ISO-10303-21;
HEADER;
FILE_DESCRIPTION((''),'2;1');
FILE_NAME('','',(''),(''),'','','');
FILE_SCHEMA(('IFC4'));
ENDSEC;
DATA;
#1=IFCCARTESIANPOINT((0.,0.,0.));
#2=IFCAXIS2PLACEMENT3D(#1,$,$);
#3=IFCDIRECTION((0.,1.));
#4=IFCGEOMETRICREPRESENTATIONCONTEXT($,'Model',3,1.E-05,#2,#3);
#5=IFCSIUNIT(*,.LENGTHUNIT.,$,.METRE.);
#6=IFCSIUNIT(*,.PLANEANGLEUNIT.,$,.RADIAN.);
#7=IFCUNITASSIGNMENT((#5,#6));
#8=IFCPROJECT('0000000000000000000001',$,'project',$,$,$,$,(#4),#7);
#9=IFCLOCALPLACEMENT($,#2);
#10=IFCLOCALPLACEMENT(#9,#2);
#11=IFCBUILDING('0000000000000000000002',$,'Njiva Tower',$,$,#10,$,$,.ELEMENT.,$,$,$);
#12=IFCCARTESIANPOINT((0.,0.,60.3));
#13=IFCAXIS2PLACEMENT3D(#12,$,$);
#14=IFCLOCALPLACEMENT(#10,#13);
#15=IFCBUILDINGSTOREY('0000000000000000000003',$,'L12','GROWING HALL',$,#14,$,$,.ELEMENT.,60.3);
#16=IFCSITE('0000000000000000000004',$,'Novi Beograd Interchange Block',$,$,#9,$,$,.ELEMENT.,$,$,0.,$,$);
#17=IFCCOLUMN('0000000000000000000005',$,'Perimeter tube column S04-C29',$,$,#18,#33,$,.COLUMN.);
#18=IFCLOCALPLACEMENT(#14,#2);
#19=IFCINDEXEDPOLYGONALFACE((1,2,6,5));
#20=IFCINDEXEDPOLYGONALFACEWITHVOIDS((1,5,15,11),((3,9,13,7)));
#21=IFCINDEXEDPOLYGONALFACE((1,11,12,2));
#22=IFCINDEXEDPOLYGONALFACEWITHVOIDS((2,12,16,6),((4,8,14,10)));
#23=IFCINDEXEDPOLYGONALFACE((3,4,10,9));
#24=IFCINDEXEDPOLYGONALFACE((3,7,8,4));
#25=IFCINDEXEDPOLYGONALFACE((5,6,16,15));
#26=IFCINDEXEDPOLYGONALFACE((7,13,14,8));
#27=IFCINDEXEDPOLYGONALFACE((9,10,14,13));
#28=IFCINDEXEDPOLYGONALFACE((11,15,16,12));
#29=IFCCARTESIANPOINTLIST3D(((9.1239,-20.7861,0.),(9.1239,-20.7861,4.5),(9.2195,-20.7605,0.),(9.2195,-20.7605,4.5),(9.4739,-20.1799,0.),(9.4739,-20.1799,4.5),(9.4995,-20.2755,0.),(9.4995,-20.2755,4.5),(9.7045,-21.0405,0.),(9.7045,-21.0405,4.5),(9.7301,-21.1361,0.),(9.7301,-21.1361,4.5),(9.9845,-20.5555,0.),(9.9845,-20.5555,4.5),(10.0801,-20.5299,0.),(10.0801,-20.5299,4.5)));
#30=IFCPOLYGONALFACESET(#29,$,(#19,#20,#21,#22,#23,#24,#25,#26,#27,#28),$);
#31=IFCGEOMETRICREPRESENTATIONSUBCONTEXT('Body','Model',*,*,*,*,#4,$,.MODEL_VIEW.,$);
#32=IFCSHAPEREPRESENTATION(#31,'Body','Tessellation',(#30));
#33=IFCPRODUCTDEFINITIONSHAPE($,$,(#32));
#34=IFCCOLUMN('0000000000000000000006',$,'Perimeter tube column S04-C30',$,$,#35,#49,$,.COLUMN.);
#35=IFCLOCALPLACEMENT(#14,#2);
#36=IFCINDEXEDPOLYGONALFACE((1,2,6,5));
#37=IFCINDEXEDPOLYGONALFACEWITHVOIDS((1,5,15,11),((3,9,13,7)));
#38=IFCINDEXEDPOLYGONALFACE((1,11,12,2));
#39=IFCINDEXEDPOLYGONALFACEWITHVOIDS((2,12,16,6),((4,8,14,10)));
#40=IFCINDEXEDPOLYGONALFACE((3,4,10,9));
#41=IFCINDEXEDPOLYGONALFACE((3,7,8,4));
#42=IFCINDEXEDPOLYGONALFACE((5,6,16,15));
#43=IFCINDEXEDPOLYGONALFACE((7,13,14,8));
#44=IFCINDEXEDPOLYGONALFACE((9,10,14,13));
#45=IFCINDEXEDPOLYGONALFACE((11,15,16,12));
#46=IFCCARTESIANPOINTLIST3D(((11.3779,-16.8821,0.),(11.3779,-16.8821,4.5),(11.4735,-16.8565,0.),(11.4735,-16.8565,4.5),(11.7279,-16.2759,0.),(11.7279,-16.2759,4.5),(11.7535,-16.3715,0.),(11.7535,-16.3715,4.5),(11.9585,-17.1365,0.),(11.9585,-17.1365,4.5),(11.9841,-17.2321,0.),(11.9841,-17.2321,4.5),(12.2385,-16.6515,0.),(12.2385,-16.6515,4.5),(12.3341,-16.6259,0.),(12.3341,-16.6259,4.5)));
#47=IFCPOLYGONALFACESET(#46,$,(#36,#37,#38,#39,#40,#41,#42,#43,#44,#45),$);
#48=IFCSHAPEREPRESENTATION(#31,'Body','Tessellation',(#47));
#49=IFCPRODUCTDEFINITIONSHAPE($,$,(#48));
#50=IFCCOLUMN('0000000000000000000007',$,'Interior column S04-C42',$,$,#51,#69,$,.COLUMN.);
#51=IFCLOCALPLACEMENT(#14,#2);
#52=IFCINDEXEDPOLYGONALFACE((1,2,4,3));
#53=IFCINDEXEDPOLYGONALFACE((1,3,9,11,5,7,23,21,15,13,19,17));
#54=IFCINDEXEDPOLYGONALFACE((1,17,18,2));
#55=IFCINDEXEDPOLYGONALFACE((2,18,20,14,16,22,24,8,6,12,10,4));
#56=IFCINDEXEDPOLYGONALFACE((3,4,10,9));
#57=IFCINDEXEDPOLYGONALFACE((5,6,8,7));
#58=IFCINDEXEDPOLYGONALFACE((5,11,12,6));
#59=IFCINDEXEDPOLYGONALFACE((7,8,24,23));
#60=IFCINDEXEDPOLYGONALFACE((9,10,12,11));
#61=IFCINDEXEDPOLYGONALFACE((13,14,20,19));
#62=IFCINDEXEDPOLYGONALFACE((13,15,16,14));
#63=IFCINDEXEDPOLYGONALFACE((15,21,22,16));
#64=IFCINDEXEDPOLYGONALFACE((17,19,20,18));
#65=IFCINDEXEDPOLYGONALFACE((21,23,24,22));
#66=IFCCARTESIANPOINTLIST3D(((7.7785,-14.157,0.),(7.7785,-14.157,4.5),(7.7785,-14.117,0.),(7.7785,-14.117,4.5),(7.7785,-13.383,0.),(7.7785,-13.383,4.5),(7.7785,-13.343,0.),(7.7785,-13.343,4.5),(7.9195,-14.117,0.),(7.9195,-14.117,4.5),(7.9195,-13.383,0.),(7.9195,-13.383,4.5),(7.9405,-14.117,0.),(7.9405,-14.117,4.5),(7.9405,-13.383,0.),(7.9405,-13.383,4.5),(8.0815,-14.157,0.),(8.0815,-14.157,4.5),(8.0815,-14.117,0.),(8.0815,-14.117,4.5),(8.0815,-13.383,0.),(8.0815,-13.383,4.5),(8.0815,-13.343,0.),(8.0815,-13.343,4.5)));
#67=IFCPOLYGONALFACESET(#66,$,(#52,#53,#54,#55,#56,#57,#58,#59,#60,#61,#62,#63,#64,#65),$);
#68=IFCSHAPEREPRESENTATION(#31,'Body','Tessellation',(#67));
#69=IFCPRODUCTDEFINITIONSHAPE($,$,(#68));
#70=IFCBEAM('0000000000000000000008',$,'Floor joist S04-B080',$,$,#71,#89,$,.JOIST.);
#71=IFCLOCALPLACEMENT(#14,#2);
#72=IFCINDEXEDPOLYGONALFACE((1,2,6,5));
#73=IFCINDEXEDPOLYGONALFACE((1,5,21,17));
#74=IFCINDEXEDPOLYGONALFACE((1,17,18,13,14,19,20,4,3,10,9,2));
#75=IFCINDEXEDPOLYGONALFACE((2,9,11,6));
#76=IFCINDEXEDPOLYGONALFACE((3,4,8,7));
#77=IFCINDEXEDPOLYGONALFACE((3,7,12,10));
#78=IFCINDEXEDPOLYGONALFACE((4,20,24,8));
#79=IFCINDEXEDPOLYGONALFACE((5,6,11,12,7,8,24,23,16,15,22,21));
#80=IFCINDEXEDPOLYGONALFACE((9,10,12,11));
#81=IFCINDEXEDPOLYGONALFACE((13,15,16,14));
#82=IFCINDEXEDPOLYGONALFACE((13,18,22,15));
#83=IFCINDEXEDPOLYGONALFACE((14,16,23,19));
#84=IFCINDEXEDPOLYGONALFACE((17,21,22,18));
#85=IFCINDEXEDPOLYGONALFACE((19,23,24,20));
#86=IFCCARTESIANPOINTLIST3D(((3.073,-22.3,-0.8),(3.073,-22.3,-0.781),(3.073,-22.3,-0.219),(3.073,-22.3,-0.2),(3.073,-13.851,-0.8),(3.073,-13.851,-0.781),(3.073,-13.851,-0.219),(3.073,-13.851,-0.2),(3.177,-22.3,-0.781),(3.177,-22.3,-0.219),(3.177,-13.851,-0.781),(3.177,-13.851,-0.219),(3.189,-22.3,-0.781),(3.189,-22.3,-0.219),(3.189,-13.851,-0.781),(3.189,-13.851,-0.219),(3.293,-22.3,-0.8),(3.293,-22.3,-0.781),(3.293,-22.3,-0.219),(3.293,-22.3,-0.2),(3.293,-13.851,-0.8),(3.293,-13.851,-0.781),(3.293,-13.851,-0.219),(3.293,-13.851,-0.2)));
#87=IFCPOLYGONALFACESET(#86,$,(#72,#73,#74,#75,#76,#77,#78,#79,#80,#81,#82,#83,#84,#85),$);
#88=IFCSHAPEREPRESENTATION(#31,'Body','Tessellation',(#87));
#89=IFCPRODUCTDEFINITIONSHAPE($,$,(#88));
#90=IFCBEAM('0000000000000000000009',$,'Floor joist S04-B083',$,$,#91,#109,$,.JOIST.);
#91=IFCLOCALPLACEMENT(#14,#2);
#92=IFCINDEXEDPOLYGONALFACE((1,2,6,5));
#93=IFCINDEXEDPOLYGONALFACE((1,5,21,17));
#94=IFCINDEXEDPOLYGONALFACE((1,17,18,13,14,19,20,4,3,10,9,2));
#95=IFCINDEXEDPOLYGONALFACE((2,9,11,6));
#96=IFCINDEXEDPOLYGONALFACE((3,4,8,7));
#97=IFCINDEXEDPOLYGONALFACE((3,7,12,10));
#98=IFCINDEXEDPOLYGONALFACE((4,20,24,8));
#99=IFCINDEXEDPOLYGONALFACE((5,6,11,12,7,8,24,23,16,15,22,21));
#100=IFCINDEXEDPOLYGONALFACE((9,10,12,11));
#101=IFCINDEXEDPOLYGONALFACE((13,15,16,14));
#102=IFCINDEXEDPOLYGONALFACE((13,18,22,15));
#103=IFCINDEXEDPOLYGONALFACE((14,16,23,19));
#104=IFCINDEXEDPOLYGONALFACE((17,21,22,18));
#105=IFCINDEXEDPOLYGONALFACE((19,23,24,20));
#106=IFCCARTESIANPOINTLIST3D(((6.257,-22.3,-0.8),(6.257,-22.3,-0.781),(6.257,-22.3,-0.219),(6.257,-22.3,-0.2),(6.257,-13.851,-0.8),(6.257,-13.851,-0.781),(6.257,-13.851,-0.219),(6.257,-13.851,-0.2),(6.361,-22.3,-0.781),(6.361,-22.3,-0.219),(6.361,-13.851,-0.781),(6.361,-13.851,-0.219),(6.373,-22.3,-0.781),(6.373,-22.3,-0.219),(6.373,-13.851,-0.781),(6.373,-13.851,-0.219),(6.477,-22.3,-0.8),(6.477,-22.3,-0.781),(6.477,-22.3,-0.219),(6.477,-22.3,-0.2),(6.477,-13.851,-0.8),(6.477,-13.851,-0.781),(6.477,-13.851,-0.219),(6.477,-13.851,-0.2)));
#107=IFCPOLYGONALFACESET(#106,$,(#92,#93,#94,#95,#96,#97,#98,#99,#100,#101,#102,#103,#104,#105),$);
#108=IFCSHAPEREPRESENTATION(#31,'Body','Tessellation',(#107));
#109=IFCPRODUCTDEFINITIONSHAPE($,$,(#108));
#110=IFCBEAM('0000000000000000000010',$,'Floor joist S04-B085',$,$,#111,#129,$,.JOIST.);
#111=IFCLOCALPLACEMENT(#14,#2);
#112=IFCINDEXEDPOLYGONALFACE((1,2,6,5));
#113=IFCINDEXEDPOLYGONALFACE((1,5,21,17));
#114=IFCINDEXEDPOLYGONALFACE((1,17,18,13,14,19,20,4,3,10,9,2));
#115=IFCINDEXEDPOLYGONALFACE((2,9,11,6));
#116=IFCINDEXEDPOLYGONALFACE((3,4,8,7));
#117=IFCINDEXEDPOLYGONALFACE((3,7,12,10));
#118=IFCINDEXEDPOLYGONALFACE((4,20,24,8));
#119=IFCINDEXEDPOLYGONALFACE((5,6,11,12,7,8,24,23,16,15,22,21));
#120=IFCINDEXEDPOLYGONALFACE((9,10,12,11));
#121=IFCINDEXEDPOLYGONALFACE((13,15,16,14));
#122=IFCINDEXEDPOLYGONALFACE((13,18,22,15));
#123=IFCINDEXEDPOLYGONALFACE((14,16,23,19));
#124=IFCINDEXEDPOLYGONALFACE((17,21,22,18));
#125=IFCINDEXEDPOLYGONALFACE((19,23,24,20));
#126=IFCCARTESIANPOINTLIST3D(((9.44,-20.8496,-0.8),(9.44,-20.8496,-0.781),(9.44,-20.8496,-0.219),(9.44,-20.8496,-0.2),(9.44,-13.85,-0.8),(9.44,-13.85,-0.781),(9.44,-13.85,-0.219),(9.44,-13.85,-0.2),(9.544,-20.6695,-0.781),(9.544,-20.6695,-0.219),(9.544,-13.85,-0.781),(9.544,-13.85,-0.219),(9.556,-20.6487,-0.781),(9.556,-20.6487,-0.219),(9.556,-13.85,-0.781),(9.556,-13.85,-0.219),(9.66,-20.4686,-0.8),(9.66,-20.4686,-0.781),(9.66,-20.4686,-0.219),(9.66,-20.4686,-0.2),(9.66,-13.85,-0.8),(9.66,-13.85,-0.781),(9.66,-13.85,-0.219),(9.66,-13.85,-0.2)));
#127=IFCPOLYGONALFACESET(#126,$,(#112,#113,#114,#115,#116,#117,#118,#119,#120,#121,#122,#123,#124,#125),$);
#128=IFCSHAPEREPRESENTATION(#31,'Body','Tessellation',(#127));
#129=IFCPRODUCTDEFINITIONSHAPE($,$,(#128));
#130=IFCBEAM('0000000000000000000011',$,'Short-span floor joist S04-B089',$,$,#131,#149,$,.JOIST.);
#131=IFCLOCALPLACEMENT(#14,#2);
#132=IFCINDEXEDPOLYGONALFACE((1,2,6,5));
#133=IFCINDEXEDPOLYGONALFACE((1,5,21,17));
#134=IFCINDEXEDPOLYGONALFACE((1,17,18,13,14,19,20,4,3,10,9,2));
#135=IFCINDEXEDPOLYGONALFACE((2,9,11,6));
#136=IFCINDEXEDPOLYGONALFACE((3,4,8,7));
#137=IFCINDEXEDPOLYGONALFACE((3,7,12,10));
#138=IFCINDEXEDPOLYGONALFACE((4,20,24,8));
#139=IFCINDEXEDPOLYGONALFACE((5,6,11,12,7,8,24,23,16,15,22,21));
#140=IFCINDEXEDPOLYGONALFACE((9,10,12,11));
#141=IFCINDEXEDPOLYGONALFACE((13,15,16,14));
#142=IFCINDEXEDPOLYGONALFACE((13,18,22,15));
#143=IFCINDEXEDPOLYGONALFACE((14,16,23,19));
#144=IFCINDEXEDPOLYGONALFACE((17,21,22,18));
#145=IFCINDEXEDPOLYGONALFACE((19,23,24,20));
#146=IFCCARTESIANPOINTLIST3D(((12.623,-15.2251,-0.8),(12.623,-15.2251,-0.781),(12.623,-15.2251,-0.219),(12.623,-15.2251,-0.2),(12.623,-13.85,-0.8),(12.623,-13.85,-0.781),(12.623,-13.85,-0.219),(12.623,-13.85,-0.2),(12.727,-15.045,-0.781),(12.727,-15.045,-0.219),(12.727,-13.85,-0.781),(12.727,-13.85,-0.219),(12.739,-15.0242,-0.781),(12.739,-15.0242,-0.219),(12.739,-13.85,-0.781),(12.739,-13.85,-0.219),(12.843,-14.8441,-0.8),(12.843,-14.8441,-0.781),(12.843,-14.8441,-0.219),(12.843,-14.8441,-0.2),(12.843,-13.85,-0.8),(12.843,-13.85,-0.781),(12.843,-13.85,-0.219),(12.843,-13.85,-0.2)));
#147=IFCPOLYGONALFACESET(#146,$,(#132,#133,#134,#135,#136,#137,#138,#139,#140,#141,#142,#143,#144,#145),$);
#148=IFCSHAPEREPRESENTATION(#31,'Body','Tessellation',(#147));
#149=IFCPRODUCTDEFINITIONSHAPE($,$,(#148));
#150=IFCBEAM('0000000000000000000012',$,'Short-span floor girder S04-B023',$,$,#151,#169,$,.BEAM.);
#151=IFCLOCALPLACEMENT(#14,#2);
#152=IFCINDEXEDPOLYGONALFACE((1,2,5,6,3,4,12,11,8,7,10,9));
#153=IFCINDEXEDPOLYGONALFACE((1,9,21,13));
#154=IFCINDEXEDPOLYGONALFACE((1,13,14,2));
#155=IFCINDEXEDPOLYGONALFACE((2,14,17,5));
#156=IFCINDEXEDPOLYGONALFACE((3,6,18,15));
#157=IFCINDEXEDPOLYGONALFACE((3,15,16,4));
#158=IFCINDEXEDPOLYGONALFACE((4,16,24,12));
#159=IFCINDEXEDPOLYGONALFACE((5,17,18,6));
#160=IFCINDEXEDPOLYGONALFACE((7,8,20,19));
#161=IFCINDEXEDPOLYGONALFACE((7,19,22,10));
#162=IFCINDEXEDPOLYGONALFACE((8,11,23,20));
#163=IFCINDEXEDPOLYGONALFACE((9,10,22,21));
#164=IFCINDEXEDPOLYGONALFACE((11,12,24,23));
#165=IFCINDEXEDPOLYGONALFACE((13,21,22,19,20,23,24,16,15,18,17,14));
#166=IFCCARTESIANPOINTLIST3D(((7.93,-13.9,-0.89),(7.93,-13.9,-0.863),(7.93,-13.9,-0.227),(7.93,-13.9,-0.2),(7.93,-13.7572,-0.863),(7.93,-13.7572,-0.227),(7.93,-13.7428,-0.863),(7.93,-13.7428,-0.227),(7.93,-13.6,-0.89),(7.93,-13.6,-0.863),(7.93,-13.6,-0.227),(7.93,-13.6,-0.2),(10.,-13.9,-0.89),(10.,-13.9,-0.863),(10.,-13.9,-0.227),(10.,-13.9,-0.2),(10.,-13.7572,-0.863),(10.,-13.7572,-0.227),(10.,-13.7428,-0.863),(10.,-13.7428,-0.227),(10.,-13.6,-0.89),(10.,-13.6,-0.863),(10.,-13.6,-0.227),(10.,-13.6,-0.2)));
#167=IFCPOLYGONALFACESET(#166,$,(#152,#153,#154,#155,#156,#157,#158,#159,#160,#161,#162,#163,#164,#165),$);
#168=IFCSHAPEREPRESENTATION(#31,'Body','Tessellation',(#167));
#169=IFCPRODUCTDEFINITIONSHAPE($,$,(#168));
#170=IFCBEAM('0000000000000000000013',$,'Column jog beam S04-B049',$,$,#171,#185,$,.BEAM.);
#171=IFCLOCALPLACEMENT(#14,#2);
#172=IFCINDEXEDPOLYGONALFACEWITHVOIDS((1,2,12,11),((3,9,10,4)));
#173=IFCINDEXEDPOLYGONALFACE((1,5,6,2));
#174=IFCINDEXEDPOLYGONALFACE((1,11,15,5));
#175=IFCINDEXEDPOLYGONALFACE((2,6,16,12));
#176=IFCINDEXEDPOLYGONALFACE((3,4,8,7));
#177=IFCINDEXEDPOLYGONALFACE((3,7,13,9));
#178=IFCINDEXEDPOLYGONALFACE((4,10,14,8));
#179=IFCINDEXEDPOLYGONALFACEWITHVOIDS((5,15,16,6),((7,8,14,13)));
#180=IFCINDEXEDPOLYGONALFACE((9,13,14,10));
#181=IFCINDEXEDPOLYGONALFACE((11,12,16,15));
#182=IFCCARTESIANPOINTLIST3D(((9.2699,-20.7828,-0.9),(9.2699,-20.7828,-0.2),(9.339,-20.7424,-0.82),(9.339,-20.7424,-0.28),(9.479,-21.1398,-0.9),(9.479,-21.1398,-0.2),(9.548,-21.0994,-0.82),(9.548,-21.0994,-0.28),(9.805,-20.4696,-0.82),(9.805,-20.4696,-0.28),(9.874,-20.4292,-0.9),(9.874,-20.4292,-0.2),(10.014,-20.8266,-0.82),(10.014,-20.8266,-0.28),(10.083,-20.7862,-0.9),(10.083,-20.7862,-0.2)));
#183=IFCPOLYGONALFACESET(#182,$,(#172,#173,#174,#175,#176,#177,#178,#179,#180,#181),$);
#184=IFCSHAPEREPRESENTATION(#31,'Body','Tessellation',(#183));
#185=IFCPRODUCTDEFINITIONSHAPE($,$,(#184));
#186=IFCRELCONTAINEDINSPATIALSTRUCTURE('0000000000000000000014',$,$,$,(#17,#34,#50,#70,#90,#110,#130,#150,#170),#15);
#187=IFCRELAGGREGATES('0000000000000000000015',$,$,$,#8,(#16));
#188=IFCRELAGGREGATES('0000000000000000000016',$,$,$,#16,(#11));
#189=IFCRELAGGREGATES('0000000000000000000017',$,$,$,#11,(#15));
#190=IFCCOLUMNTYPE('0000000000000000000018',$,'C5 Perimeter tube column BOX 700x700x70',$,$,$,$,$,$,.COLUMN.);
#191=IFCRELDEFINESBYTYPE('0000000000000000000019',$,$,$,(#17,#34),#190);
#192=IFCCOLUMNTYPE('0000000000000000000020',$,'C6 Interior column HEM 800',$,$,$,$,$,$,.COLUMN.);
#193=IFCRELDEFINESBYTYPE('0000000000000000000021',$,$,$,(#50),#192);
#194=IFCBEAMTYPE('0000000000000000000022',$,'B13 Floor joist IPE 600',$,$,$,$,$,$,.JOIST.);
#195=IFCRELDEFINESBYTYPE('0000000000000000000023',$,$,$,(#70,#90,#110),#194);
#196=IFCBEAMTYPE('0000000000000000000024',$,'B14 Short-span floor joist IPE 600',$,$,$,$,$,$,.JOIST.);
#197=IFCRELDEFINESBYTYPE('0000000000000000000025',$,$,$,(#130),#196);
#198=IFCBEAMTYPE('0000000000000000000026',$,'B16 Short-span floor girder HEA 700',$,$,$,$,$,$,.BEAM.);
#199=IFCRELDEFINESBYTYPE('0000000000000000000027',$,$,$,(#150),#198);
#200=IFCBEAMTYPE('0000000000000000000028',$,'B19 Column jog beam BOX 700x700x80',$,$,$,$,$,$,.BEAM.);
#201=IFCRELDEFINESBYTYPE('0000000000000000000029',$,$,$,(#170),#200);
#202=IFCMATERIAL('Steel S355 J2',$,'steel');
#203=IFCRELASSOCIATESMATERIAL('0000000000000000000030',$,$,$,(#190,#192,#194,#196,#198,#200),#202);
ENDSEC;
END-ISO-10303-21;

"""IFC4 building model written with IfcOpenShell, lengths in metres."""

from ifc_helpers import new_model, si_unit, direction, frame, origin, origin_2d, place, context, subcontext, project, spatial, hollow_rectangle, i_section, extrude, clip, halfspace, material, material_profile, profile_set, type_object, element, save


model = new_model("IFC4")

# Units and contexts
model_context = context("Model", 3, precision=1e-05, world=origin(), true_north=direction((0.0, 1.0)))
body_context = subcontext(model_context, "Body", "Model", "MODEL_VIEW")
ifc_project = project(units=[si_unit("LENGTHUNIT", "METRE"), si_unit("PLANEANGLEUNIT", "RADIAN")], contexts=[model_context])

# Site, building, storey
site_placement = place(None, origin())
site = spatial("IfcSite", under=ifc_project, at=site_placement, Name="Novi Beograd Interchange Block", CompositionType="ELEMENT", RefElevation=0.0)
building_placement = place(site_placement, origin())
building = spatial("IfcBuilding", under=site, at=building_placement, Name="Njiva Tower", CompositionType="ELEMENT")
storey_placement = place(building_placement, frame((0.0, 0.0, 60.3)))
storey = spatial("IfcBuildingStorey", under=building, at=storey_placement, Name="L12", Description="GROWING HALL", CompositionType="ELEMENT", Elevation=60.3)

# Columns
ifc_material_1 = material(Name="Steel S355 J2", Category="steel")
ifc_material_profile_1 = material_profile(ifc_material_1, hollow_rectangle(XDim=0.7, YDim=0.7, WallThickness=0.07, at=origin_2d()), Name="BOX 700x700x70")
ifc_profile_set_1 = profile_set([ifc_material_profile_1], Name="Steel S355 J2")
column_type_1 = type_object("IfcColumnType", Name="C5 Perimeter tube column BOX 700x700x70", PredefinedType="COLUMN", material=ifc_profile_set_1)
for number, where, z_axis, x_axis, name in (
    (1, (9.602, -20.658, 0.0), (0.0, 0.0, 1.0), (0.5, 0.866025, 0.0), "Perimeter tube column S04-C29"),
    (2, (11.856, -16.754, 0.0), (0.0, 0.0, 1.0), (0.5, 0.866025, 0.0), "Perimeter tube column S04-C30"),
):
    element("IfcColumn", number, at=place(storey_placement, frame(where, z_axis=z_axis, x_axis=x_axis)), inside=storey, type_object=column_type_1, Name=name, PredefinedType="COLUMN", context=body_context, shape_type="SweptSolid", body=[
        extrude(hollow_rectangle(XDim=0.7, YDim=0.7, WallThickness=0.07, at=origin_2d()), origin(), (0.0, 0.0, 1.0), 4.5),
    ])
ifc_material_profile_2 = material_profile(ifc_material_1, i_section(OverallWidth=0.303, OverallDepth=0.814, WebThickness=0.021, FlangeThickness=0.04, at=origin_2d()), Name="HEM 800")
ifc_profile_set_2 = profile_set([ifc_material_profile_2], Name="Steel S355 J2")
column_type_2 = type_object("IfcColumnType", Name="C6 Interior column HEM 800", PredefinedType="COLUMN", material=ifc_profile_set_2)
column_placement = place(storey_placement, frame((7.93, -13.75, 0.0), z_axis=(0.0, 0.0, 1.0), x_axis=(1.0, 0.0, 0.0)))
element("IfcColumn", 3, at=column_placement, inside=storey, type_object=column_type_2, Name="Interior column S04-C42", PredefinedType="COLUMN", context=body_context, shape_type="SweptSolid", body=[
    extrude(i_section(OverallWidth=0.303, OverallDepth=0.814, WebThickness=0.021, FlangeThickness=0.04, at=origin_2d()), origin(), (0.0, 0.0, 1.0), 4.5),
])

# Beams
ifc_material_profile_3 = material_profile(ifc_material_1, i_section(OverallWidth=0.22, OverallDepth=0.6, WebThickness=0.012, FlangeThickness=0.019, at=origin_2d()), Name="IPE 600")
ifc_profile_set_3 = profile_set([ifc_material_profile_3], Name="Steel S355 J2")
beam_type_1 = type_object("IfcBeamType", Name="B13 Floor joist IPE 600", PredefinedType="JOIST", material=ifc_profile_set_3)
for number, where, z_axis, x_axis, name in (
    (4, (3.183, -13.851, -0.5), (0.0, -1.0, 0.0), (1.0, 0.0, 0.0), "Floor joist S04-B080"),
    (5, (6.367, -13.851, -0.5), (0.0, -1.0, 0.0), (1.0, 0.0, 0.0), "Floor joist S04-B083"),
):
    element("IfcBeam", number, at=place(storey_placement, frame(where, z_axis=z_axis, x_axis=x_axis)), inside=storey, type_object=beam_type_1, Name=name, PredefinedType="JOIST", context=body_context, shape_type="SweptSolid", body=[
        extrude(i_section(OverallWidth=0.22, OverallDepth=0.6, WebThickness=0.012, FlangeThickness=0.019, at=origin_2d()), origin(), (0.0, 0.0, 1.0), 8.449),
    ])
beam_1_placement = place(storey_placement, frame((9.55, -13.85, -0.5), z_axis=(0.0, -1.0, 0.0), x_axis=(1.0, 0.0, 0.0)))
element("IfcBeam", 6, at=beam_1_placement, inside=storey, type_object=beam_type_1, Name="Floor joist S04-B085", PredefinedType="JOIST", context=body_context, shape_type="Clipping", body=[
    clip(extrude(i_section(OverallWidth=0.22, OverallDepth=0.6, WebThickness=0.012, FlangeThickness=0.019, at=origin_2d()), origin(), (0.0, 0.0, 1.0), 7.02), halfspace(frame((0.0433, 0.0, 6.7341), z_axis=(0.866027, 0.0, 0.499998), x_axis=(0.0, 1.0, 0.0)), False)),
])
ifc_material_profile_4 = material_profile(ifc_material_1, i_section(OverallWidth=0.22, OverallDepth=0.6, WebThickness=0.012, FlangeThickness=0.019, at=origin_2d()), Name="IPE 600")
ifc_profile_set_4 = profile_set([ifc_material_profile_4], Name="Steel S355 J2")
beam_type_2 = type_object("IfcBeamType", Name="B14 Short-span floor joist IPE 600", PredefinedType="JOIST", material=ifc_profile_set_4)
beam_2_placement = place(storey_placement, frame((12.733, -13.85, -0.5), z_axis=(0.0, -1.0, 0.0), x_axis=(1.0, 0.0, 0.0)))
element("IfcBeam", 7, at=beam_2_placement, inside=storey, type_object=beam_type_2, Name="Short-span floor joist S04-B089", PredefinedType="JOIST", context=body_context, shape_type="Clipping", body=[
    clip(extrude(i_section(OverallWidth=0.22, OverallDepth=0.6, WebThickness=0.012, FlangeThickness=0.019, at=origin_2d()), origin(), (0.0, 0.0, 1.0), 1.395), halfspace(frame((0.0436, 0.0, 1.1091), z_axis=(0.866027, 0.0, 0.499998), x_axis=(0.0, 1.0, 0.0)), False)),
])
ifc_material_profile_5 = material_profile(ifc_material_1, i_section(OverallWidth=0.3, OverallDepth=0.69, WebThickness=0.0145, FlangeThickness=0.027, at=origin_2d()), Name="HEA 700")
ifc_profile_set_5 = profile_set([ifc_material_profile_5], Name="Steel S355 J2")
beam_type_3 = type_object("IfcBeamType", Name="B16 Short-span floor girder HEA 700", PredefinedType="BEAM", material=ifc_profile_set_5)
beam_3_placement = place(storey_placement, frame((7.93, -13.75, -0.545), z_axis=(1.0, 0.0, 0.0), x_axis=(0.0, 1.0, 0.0)))
element("IfcBeam", 8, at=beam_3_placement, inside=storey, type_object=beam_type_3, Name="Short-span floor girder S04-B023", PredefinedType="BEAM", context=body_context, shape_type="SweptSolid", body=[
    extrude(i_section(OverallWidth=0.3, OverallDepth=0.69, WebThickness=0.0145, FlangeThickness=0.027, at=origin_2d()), origin(), (0.0, 0.0, 1.0), 2.07),
])
ifc_material_profile_6 = material_profile(ifc_material_1, hollow_rectangle(XDim=0.7, YDim=0.7, WallThickness=0.08, at=origin_2d()), Name="BOX 700x700x80")
ifc_profile_set_6 = profile_set([ifc_material_profile_6], Name="Steel S355 J2")
beam_type_4 = type_object("IfcBeamType", Name="B19 Column jog beam BOX 700x700x80", PredefinedType="BEAM", material=ifc_profile_set_6)
for number, where, z_axis, x_axis, name in (
    (9, (9.781, -20.963, -0.55), (-0.505223, 0.862989, 0.0), (-0.862989, -0.505223, 0.0), "Column jog beam S04-B049"),
):
    element("IfcBeam", number, at=place(storey_placement, frame(where, z_axis=z_axis, x_axis=x_axis)), inside=storey, type_object=beam_type_4, Name=name, PredefinedType="BEAM", context=body_context, shape_type="SweptSolid", body=[
        extrude(hollow_rectangle(XDim=0.7, YDim=0.7, WallThickness=0.08, at=origin_2d()), origin(), (0.0, 0.0, 1.0), 0.4137),
    ])

save(model, "model.ifc")
